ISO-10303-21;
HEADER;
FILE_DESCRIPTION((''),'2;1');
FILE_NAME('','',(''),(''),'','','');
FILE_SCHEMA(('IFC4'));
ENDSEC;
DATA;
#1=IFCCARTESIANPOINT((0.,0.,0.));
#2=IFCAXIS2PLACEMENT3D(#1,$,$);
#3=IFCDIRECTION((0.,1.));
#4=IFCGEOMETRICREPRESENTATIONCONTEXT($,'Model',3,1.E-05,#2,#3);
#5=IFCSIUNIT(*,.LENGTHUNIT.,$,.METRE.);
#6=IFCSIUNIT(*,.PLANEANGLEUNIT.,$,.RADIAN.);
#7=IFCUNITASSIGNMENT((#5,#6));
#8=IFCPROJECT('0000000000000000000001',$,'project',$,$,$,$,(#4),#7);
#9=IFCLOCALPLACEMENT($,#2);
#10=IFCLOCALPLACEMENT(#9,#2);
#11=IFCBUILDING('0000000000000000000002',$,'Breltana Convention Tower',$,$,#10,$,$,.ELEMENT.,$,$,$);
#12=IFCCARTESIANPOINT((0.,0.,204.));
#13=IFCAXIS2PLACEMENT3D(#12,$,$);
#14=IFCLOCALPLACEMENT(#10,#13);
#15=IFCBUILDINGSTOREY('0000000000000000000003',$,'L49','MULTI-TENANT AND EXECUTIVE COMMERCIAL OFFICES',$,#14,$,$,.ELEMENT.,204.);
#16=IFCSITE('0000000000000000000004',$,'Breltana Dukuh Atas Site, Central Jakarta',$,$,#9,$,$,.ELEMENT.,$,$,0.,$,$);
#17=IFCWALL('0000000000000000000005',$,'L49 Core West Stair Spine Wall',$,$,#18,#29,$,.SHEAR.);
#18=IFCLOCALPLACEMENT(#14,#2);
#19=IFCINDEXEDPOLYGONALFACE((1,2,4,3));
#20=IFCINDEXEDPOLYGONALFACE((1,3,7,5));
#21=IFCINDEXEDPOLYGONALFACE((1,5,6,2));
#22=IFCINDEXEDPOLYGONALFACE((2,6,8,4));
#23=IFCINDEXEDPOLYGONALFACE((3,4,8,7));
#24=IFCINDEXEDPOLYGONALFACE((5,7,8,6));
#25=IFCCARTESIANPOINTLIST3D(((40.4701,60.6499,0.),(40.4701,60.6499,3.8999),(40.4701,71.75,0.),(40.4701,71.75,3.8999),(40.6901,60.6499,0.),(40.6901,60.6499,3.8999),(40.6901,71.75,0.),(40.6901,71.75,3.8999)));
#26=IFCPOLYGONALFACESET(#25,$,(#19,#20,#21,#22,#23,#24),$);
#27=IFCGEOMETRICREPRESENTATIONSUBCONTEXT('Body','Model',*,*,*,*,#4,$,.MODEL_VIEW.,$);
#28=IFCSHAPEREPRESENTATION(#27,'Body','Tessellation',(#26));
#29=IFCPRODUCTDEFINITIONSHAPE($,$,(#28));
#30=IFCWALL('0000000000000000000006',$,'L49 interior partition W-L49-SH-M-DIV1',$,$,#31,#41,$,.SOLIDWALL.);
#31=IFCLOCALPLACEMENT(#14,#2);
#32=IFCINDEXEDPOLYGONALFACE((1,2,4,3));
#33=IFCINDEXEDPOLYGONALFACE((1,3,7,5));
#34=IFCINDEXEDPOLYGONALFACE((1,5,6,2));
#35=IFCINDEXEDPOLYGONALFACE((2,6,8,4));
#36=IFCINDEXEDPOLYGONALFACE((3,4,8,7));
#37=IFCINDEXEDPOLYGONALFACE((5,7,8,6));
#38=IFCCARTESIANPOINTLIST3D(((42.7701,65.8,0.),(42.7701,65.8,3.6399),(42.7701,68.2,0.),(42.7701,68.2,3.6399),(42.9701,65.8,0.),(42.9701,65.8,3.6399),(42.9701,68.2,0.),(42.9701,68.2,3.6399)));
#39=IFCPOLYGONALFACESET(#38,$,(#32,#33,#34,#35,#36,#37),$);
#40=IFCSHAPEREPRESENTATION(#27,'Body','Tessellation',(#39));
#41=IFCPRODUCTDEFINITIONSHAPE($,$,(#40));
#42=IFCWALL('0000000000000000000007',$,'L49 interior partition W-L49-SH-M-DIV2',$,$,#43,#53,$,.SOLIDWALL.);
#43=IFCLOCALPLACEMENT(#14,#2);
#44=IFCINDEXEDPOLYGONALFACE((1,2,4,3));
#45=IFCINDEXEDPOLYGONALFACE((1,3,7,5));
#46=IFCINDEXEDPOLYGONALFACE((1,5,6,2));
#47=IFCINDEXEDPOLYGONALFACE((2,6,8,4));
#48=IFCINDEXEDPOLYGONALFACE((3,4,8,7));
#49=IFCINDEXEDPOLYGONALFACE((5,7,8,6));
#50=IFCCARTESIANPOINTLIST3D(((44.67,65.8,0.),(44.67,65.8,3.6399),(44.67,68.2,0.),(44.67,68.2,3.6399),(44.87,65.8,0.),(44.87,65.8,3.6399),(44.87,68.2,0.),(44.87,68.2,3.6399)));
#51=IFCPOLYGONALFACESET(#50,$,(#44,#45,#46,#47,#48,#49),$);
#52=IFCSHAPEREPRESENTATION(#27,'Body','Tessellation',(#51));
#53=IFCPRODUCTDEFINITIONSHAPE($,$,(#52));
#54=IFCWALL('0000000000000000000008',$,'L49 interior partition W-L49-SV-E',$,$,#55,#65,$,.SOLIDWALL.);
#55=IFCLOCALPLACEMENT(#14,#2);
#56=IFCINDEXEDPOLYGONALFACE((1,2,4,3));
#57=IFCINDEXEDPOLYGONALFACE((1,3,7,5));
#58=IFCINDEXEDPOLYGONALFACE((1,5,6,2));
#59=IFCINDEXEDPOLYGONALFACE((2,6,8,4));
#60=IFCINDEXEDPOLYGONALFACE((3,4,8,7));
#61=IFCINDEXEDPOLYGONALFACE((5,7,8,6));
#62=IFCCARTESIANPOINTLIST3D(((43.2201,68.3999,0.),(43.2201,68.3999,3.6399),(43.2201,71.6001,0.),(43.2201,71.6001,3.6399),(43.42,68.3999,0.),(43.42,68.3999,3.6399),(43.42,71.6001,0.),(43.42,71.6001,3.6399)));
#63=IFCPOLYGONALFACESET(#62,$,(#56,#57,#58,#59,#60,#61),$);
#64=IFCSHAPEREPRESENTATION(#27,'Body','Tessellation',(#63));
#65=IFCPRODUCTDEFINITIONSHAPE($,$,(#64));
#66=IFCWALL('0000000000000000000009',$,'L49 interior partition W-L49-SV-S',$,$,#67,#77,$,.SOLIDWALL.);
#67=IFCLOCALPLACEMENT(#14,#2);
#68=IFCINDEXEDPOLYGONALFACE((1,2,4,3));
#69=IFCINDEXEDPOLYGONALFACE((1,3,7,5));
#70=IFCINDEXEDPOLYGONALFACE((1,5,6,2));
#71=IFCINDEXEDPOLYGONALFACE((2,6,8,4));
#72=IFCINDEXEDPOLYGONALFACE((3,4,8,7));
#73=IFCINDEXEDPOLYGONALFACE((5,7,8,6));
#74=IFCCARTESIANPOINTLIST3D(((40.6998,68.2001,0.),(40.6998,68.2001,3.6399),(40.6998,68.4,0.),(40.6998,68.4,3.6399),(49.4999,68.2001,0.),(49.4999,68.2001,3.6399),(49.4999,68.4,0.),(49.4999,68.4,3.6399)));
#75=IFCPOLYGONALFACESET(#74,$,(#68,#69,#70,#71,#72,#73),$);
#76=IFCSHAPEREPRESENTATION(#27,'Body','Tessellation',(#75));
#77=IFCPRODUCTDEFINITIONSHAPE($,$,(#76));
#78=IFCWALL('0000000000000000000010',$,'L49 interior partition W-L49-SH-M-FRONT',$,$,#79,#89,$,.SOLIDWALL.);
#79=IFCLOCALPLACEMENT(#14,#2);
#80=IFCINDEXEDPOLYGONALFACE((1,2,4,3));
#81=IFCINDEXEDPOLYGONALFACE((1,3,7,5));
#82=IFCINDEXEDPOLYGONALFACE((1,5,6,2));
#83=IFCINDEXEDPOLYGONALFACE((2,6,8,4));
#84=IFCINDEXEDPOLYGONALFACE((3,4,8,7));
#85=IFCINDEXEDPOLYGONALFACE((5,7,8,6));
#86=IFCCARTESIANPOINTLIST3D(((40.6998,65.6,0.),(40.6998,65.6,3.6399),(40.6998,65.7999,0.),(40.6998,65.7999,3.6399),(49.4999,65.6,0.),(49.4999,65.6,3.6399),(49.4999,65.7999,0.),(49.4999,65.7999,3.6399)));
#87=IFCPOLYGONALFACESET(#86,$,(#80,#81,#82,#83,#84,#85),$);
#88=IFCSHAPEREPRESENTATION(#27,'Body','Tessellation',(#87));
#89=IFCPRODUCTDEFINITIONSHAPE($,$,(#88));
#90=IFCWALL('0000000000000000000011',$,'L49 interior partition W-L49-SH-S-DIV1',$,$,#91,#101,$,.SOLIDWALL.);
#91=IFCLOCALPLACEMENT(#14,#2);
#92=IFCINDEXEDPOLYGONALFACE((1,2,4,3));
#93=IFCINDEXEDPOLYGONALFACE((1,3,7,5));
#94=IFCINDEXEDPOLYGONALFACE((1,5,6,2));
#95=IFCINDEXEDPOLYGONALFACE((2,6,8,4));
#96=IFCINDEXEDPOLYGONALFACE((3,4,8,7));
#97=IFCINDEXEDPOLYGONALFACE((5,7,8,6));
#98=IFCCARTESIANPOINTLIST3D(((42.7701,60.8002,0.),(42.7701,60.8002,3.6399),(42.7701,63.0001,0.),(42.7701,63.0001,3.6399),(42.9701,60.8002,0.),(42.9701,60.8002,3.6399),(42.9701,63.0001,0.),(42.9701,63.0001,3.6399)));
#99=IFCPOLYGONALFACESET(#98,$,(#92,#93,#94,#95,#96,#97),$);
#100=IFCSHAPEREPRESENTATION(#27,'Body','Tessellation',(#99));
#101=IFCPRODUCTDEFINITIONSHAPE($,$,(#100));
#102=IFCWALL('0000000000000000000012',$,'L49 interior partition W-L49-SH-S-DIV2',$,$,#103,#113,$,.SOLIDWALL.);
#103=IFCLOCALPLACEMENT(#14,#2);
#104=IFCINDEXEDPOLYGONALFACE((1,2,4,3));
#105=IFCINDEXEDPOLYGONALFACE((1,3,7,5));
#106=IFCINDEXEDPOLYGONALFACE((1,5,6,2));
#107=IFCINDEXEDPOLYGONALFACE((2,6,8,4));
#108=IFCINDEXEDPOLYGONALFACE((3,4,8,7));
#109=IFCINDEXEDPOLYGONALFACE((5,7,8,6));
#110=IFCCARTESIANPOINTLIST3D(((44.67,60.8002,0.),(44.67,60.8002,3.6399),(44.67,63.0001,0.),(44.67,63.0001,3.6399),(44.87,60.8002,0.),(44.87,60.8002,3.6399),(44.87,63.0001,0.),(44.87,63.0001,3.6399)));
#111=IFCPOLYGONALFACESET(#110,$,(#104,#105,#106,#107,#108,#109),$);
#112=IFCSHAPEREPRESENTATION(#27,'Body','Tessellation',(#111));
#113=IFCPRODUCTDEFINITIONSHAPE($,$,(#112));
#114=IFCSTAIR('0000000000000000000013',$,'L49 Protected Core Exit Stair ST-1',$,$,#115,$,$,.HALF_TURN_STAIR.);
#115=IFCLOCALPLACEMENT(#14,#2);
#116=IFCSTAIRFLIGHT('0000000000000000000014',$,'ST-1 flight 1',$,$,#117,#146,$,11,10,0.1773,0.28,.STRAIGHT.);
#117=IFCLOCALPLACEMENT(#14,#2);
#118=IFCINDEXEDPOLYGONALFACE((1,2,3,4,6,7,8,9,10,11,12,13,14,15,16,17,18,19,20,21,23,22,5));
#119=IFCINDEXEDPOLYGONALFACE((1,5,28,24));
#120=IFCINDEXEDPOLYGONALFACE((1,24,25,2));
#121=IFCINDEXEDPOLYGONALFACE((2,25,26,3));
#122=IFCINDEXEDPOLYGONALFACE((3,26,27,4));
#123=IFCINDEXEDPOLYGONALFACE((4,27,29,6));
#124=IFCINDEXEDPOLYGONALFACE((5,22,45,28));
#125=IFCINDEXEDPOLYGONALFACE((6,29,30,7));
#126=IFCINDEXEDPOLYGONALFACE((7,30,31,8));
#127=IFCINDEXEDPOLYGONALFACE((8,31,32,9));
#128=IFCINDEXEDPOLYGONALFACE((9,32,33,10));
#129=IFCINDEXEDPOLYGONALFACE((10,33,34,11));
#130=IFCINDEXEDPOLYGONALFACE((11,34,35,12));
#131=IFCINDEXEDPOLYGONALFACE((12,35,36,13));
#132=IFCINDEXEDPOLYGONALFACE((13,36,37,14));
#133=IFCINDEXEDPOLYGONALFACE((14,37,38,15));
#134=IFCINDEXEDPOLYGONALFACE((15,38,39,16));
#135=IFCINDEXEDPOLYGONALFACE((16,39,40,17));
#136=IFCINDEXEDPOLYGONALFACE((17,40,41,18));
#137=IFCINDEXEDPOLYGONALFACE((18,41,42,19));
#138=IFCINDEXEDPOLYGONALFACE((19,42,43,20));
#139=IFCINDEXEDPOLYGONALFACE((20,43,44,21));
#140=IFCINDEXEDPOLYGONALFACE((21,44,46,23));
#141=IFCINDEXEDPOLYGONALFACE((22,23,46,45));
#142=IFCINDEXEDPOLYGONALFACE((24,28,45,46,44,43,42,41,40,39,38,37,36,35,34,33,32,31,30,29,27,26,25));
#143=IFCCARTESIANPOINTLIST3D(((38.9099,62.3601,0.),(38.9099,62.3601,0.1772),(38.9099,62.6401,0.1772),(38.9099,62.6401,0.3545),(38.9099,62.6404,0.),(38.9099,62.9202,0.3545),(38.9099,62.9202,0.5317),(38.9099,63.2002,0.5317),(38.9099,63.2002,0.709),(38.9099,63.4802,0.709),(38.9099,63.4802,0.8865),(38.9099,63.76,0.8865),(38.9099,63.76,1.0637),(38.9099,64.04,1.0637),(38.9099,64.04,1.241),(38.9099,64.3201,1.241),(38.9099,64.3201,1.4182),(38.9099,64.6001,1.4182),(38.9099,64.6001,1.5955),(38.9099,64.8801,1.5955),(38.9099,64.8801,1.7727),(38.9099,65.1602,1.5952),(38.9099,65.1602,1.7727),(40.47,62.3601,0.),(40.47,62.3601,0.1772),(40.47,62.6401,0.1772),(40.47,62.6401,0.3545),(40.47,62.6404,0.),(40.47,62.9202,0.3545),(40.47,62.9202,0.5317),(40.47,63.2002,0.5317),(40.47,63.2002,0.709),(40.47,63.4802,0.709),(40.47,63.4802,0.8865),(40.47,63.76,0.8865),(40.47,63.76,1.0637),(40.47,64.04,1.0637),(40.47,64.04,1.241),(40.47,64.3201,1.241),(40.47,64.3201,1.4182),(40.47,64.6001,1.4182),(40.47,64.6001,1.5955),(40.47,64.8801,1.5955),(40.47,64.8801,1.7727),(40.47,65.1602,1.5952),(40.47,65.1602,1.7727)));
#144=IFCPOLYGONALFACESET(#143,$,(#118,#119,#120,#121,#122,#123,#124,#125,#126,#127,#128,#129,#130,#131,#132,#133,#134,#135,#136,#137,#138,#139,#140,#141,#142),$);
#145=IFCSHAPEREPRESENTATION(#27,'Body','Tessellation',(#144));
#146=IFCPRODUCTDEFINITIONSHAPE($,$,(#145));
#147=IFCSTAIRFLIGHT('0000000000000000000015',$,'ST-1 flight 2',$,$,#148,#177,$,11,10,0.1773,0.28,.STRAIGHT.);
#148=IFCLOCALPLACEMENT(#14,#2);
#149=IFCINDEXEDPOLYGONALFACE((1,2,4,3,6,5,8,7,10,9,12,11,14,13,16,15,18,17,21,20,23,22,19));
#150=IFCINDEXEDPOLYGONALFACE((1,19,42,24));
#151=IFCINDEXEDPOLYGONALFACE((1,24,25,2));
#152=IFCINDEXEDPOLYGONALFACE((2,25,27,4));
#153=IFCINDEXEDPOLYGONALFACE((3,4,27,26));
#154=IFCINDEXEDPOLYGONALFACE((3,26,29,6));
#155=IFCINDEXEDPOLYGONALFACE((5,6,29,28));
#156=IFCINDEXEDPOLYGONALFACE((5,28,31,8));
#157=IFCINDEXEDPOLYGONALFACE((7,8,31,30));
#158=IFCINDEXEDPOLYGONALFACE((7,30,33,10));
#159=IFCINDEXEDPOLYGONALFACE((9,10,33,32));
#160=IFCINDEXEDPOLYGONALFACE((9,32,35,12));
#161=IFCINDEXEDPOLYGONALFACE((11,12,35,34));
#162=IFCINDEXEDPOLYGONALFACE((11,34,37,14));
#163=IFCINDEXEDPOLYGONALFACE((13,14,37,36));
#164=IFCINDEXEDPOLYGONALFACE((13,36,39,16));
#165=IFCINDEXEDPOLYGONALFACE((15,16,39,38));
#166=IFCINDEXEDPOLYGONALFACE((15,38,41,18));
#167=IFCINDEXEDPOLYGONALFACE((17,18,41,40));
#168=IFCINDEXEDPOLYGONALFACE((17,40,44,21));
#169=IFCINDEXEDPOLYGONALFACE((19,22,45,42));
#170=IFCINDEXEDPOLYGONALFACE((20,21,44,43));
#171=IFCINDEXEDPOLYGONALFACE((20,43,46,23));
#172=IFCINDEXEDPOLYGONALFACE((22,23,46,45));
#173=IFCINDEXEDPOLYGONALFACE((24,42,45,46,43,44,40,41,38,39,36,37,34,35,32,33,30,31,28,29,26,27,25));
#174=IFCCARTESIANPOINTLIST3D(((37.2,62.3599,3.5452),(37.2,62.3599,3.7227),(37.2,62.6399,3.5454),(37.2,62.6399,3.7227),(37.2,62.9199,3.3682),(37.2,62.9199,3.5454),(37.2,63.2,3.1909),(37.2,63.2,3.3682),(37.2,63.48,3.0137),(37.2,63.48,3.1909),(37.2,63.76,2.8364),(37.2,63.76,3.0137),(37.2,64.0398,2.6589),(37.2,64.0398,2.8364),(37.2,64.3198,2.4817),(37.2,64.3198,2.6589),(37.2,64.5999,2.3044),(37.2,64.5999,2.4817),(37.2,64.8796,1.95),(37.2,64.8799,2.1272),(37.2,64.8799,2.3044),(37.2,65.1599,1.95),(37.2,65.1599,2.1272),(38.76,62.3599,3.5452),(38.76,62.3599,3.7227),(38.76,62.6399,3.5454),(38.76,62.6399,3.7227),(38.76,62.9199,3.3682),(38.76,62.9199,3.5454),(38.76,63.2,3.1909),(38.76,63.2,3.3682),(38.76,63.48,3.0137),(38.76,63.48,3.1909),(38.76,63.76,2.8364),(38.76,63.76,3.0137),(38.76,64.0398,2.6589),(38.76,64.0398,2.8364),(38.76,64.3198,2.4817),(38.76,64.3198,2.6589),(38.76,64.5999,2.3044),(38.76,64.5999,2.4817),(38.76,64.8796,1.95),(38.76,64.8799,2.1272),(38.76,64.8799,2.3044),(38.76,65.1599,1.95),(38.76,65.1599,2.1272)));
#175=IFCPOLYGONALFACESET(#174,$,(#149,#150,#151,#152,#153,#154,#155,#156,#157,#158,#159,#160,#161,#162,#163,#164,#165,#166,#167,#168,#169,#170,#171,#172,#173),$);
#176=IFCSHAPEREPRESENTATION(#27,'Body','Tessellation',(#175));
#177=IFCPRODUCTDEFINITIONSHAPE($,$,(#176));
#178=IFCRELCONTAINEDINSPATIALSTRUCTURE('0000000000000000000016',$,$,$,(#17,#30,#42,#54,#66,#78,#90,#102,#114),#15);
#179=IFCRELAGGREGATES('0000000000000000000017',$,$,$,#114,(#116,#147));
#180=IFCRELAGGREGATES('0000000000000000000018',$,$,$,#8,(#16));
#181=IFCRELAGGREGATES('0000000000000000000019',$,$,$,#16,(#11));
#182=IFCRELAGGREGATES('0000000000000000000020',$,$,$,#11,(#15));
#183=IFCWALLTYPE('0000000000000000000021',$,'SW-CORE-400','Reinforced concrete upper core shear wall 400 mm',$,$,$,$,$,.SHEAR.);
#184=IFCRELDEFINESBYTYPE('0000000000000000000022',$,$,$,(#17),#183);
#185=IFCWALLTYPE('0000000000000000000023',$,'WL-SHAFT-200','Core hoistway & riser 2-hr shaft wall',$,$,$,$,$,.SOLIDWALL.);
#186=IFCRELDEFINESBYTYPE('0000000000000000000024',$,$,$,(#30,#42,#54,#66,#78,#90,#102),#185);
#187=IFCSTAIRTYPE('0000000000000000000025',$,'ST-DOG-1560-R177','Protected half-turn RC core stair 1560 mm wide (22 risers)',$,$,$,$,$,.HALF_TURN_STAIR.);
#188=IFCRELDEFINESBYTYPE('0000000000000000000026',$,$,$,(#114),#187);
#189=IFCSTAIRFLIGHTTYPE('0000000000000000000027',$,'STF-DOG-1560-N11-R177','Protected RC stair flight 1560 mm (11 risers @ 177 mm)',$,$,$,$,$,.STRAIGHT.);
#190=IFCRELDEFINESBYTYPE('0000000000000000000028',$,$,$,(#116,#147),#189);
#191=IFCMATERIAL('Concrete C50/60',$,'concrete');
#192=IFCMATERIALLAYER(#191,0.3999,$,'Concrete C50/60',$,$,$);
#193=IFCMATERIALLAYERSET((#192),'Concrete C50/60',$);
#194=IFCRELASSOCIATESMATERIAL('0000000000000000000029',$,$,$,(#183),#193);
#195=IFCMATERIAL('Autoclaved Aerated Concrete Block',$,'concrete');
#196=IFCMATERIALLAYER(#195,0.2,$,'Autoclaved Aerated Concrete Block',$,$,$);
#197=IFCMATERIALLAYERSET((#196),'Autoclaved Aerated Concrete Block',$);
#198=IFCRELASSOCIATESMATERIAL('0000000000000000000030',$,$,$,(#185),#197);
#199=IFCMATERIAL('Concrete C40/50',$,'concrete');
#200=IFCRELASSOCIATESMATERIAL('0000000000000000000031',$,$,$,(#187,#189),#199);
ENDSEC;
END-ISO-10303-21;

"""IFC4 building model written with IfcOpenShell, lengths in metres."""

from ifc_helpers import new_model, si_unit, direction, frame, frame_2d, origin, place, context, subcontext, project, spatial, polyline, rectangle, outline, extrude, source, transform, mapped, material, layer, layer_set, type_object, element, aggregate, save


model = new_model("IFC4")

# Units and contexts
model_context = context("Model", 3, precision=1e-05, world=origin(), true_north=direction((0.0, 1.0)))
body_context = subcontext(model_context, "Body", "Model", "MODEL_VIEW")
ifc_project = project(units=[si_unit("LENGTHUNIT", "METRE"), si_unit("PLANEANGLEUNIT", "RADIAN")], contexts=[model_context])

# Site, building, storey
site_placement = place(None, origin())
site = spatial("IfcSite", under=ifc_project, at=site_placement, Name="Breltana Dukuh Atas Site, Central Jakarta", CompositionType="ELEMENT", RefElevation=0.0)
building_placement = place(site_placement, origin())
building = spatial("IfcBuilding", under=site, at=building_placement, Name="Breltana Convention Tower", CompositionType="ELEMENT")
storey_placement = place(building_placement, frame((0.0, 0.0, 204.0)))
storey = spatial("IfcBuildingStorey", under=building, at=storey_placement, Name="L49", Description="MULTI-TENANT AND EXECUTIVE COMMERCIAL OFFICES", CompositionType="ELEMENT", Elevation=204.0)

# Walls
ifc_material_1 = material(Name="Concrete C50/60", Category="concrete")
ifc_layer_1 = layer(ifc_material_1, 0.3999, Name="Concrete C50/60")
ifc_layer_set_1 = layer_set([ifc_layer_1], Name="Concrete C50/60")
wall_type_1 = type_object("IfcWallType", Name="SW-CORE-400", Description="Reinforced concrete upper core shear wall 400 mm", PredefinedType="SHEAR", material=ifc_layer_set_1)
shared_shape_1 = source(origin(), body_context, "Body", "SweptSolid", [
    extrude(rectangle(XDim=11.1001, YDim=0.22, at=frame_2d((5.55, 0.0))), origin(), (0.0, 0.0, 1.0), 3.8999),
])
wall_1_placement = place(storey_placement, frame((40.5801, 60.6499, 0.0), z_axis=(0.0, 0.0, 1.0), x_axis=(0.0, 1.0, 0.0)))
element("IfcWall", 1, at=wall_1_placement, inside=storey, type_object=wall_type_1, Name="L49 Core West Stair Spine Wall", PredefinedType="SHEAR", context=body_context, shape_type="MappedRepresentation", body=[
    mapped(shared_shape_1, transform((0.0, 0.0, 0.0), scale=1.0)),
])
ifc_material_2 = material(Name="Autoclaved Aerated Concrete Block", Category="concrete")
ifc_layer_2 = layer(ifc_material_2, 0.2, Name="Autoclaved Aerated Concrete Block")
ifc_layer_set_2 = layer_set([ifc_layer_2], Name="Autoclaved Aerated Concrete Block")
wall_type_2 = type_object("IfcWallType", Name="WL-SHAFT-200", Description="Core hoistway & riser 2-hr shaft wall", PredefinedType="SOLIDWALL", material=ifc_layer_set_2)
shared_shape_2 = source(origin(), body_context, "Body", "SweptSolid", [
    extrude(rectangle(XDim=2.3999, YDim=0.2, at=frame_2d((1.2, 0.0))), origin(), (0.0, 0.0, 1.0), 3.6399),
])
for number, where, z_axis, x_axis, name in (
    (2, (42.8701, 65.8, 0.0), (0.0, 0.0, 1.0), (0.0, 1.0, 0.0), "L49 interior partition W-L49-SH-M-DIV1"),
    (3, (44.77, 65.8, 0.0), (0.0, 0.0, 1.0), (0.0, 1.0, 0.0), "L49 interior partition W-L49-SH-M-DIV2"),
):
    element("IfcWall", number, at=place(storey_placement, frame(where, z_axis=z_axis, x_axis=x_axis)), inside=storey, type_object=wall_type_2, Name=name, PredefinedType="SOLIDWALL", context=body_context, shape_type="MappedRepresentation", body=[
        mapped(shared_shape_2, transform((0.0, 0.0, 0.0), scale=1.0)),
    ])
shared_shape_3 = source(origin(), body_context, "Body", "SweptSolid", [
    extrude(rectangle(XDim=3.2002, YDim=0.2, at=frame_2d((1.6001, 0.0))), origin(), (0.0, 0.0, 1.0), 3.6399),
])
wall_2_placement = place(storey_placement, frame((43.3201, 68.3999, 0.0), z_axis=(0.0, 0.0, 1.0), x_axis=(0.0, 1.0, 0.0)))
element("IfcWall", 4, at=wall_2_placement, inside=storey, type_object=wall_type_2, Name="L49 interior partition W-L49-SV-E", PredefinedType="SOLIDWALL", context=body_context, shape_type="MappedRepresentation", body=[
    mapped(shared_shape_3, transform((0.0, 0.0, 0.0), scale=1.0)),
])
shared_shape_4 = source(origin(), body_context, "Body", "SweptSolid", [
    extrude(rectangle(XDim=8.8, YDim=0.2, at=frame_2d((4.3999, 0.0))), origin(), (0.0, 0.0, 1.0), 3.6399),
])
for number, where, z_axis, x_axis, name in (
    (5, (40.7, 68.3, 0.0), (0.0, 0.0, 1.0), (1.0, 0.0, 0.0), "L49 interior partition W-L49-SV-S"),
    (6, (40.7, 65.7, 0.0), (0.0, 0.0, 1.0), (1.0, 0.0, 0.0), "L49 interior partition W-L49-SH-M-FRONT"),
):
    element("IfcWall", number, at=place(storey_placement, frame(where, z_axis=z_axis, x_axis=x_axis)), inside=storey, type_object=wall_type_2, Name=name, PredefinedType="SOLIDWALL", context=body_context, shape_type="MappedRepresentation", body=[
        mapped(shared_shape_4, transform((0.0, 0.0, 0.0), scale=1.0)),
    ])

# Walls
shared_shape_5 = source(origin(), body_context, "Body", "SweptSolid", [
    extrude(rectangle(XDim=2.2, YDim=0.2, at=frame_2d((1.1001, 0.0))), origin(), (0.0, 0.0, 1.0), 3.6399),
])
for number, where, z_axis, x_axis, name in (
    (7, (42.8701, 60.8, 0.0), (0.0, 0.0, 1.0), (0.0, 1.0, 0.0), "L49 interior partition W-L49-SH-S-DIV1"),
    (8, (44.77, 60.8, 0.0), (0.0, 0.0, 1.0), (0.0, 1.0, 0.0), "L49 interior partition W-L49-SH-S-DIV2"),
):
    element("IfcWall", number, at=place(storey_placement, frame(where, z_axis=z_axis, x_axis=x_axis)), inside=storey, type_object=wall_type_2, Name=name, PredefinedType="SOLIDWALL", context=body_context, shape_type="MappedRepresentation", body=[
        mapped(shared_shape_5, transform((0.0, 0.0, 0.0), scale=1.0)),
    ])

# Stair, stair flights
ifc_material_3 = material(Name="Concrete C40/50", Category="concrete")
stair_type = type_object("IfcStairType", Name="ST-DOG-1560-R177", Description="Protected half-turn RC core stair 1560 mm wide (22 risers)", PredefinedType="HALF_TURN_STAIR", material=ifc_material_3)
stair_placement = place(storey_placement, origin())
stair = element("IfcStair", 9, at=stair_placement, inside=storey, type_object=stair_type, Name="L49 Protected Core Exit Stair ST-1", PredefinedType="HALF_TURN_STAIR")
stair_flight_type = type_object("IfcStairFlightType", Name="STF-DOG-1560-N11-R177", Description="Protected RC stair flight 1560 mm (11 risers @ 177 mm)", PredefinedType="STRAIGHT", material=ifc_material_3)
stair_flight_1_placement = place(storey_placement, frame((39.6899, 62.3601, 0.0), z_axis=(0.0, 0.0, 1.0), x_axis=(0.0, 1.0, 0.0)))
stair_flight_1 = element("IfcStairFlight", 10, at=stair_flight_1_placement, type_object=stair_flight_type, Name="ST-1 flight 1", NumberOfRisers=11, NumberOfTreads=10, PredefinedType="STRAIGHT", RiserHeight=0.1773, TreadLength=0.28, context=body_context, shape_type="SweptSolid", body=[
    extrude(outline(polyline([(0.0, 0.0), (0.0, 0.1772), (0.28, 0.1772), (0.28, 0.3545), (0.5601, 0.3545), (0.5601, 0.5317), (0.8401, 0.5317), (0.8401, 0.709), (1.1201, 0.709), (1.1201, 0.8865), (1.3999, 0.8865), (1.3999, 1.0637), (1.6799, 1.0637), (1.6799, 1.241), (1.96, 1.241), (1.96, 1.4182), (2.24, 1.4182), (2.24, 1.5955), (2.52, 1.5955), (2.52, 1.7727), (2.8, 1.7727), (2.8, 1.95), (2.8, 1.5952), (0.2803, 0.0), (0.0, 0.0)])), frame((0.0, 0.78, 0.0), z_axis=(0.0, -1.0, 0.0), x_axis=(1.0, 0.0, 0.0)), (0.0, 0.0, 1.0), 1.5601),
])
stair_flight_2_placement = place(storey_placement, frame((37.98, 65.1599, 1.95), z_axis=(0.0, 0.0, 1.0), x_axis=(0.0, -1.0, 0.0)))
stair_flight_2 = element("IfcStairFlight", 11, at=stair_flight_2_placement, type_object=stair_flight_type, Name="ST-1 flight 2", NumberOfRisers=11, NumberOfTreads=10, PredefinedType="STRAIGHT", RiserHeight=0.1773, TreadLength=0.28, context=body_context, shape_type="SweptSolid", body=[
    extrude(outline(polyline([(0.0, 0.0), (0.0, 0.1772), (0.28, 0.1772), (0.28, 0.3545), (0.5601, 0.3545), (0.5601, 0.5317), (0.8401, 0.5317), (0.8401, 0.709), (1.1201, 0.709), (1.1201, 0.8865), (1.3999, 0.8865), (1.3999, 1.0637), (1.6799, 1.0637), (1.6799, 1.241), (1.96, 1.241), (1.96, 1.4182), (2.24, 1.4182), (2.24, 1.5955), (2.52, 1.5955), (2.52, 1.7727), (2.8, 1.7727), (2.8, 1.95), (2.8, 1.5952), (0.2803, 0.0), (0.0, 0.0)])), frame((0.0, 0.78, 0.0), z_axis=(0.0, -1.0, 0.0), x_axis=(1.0, 0.0, 0.0)), (0.0, 0.0, 1.0), 1.5601),
])
aggregate(stair, [stair_flight_1, stair_flight_2])

save(model, "model.ifc")
